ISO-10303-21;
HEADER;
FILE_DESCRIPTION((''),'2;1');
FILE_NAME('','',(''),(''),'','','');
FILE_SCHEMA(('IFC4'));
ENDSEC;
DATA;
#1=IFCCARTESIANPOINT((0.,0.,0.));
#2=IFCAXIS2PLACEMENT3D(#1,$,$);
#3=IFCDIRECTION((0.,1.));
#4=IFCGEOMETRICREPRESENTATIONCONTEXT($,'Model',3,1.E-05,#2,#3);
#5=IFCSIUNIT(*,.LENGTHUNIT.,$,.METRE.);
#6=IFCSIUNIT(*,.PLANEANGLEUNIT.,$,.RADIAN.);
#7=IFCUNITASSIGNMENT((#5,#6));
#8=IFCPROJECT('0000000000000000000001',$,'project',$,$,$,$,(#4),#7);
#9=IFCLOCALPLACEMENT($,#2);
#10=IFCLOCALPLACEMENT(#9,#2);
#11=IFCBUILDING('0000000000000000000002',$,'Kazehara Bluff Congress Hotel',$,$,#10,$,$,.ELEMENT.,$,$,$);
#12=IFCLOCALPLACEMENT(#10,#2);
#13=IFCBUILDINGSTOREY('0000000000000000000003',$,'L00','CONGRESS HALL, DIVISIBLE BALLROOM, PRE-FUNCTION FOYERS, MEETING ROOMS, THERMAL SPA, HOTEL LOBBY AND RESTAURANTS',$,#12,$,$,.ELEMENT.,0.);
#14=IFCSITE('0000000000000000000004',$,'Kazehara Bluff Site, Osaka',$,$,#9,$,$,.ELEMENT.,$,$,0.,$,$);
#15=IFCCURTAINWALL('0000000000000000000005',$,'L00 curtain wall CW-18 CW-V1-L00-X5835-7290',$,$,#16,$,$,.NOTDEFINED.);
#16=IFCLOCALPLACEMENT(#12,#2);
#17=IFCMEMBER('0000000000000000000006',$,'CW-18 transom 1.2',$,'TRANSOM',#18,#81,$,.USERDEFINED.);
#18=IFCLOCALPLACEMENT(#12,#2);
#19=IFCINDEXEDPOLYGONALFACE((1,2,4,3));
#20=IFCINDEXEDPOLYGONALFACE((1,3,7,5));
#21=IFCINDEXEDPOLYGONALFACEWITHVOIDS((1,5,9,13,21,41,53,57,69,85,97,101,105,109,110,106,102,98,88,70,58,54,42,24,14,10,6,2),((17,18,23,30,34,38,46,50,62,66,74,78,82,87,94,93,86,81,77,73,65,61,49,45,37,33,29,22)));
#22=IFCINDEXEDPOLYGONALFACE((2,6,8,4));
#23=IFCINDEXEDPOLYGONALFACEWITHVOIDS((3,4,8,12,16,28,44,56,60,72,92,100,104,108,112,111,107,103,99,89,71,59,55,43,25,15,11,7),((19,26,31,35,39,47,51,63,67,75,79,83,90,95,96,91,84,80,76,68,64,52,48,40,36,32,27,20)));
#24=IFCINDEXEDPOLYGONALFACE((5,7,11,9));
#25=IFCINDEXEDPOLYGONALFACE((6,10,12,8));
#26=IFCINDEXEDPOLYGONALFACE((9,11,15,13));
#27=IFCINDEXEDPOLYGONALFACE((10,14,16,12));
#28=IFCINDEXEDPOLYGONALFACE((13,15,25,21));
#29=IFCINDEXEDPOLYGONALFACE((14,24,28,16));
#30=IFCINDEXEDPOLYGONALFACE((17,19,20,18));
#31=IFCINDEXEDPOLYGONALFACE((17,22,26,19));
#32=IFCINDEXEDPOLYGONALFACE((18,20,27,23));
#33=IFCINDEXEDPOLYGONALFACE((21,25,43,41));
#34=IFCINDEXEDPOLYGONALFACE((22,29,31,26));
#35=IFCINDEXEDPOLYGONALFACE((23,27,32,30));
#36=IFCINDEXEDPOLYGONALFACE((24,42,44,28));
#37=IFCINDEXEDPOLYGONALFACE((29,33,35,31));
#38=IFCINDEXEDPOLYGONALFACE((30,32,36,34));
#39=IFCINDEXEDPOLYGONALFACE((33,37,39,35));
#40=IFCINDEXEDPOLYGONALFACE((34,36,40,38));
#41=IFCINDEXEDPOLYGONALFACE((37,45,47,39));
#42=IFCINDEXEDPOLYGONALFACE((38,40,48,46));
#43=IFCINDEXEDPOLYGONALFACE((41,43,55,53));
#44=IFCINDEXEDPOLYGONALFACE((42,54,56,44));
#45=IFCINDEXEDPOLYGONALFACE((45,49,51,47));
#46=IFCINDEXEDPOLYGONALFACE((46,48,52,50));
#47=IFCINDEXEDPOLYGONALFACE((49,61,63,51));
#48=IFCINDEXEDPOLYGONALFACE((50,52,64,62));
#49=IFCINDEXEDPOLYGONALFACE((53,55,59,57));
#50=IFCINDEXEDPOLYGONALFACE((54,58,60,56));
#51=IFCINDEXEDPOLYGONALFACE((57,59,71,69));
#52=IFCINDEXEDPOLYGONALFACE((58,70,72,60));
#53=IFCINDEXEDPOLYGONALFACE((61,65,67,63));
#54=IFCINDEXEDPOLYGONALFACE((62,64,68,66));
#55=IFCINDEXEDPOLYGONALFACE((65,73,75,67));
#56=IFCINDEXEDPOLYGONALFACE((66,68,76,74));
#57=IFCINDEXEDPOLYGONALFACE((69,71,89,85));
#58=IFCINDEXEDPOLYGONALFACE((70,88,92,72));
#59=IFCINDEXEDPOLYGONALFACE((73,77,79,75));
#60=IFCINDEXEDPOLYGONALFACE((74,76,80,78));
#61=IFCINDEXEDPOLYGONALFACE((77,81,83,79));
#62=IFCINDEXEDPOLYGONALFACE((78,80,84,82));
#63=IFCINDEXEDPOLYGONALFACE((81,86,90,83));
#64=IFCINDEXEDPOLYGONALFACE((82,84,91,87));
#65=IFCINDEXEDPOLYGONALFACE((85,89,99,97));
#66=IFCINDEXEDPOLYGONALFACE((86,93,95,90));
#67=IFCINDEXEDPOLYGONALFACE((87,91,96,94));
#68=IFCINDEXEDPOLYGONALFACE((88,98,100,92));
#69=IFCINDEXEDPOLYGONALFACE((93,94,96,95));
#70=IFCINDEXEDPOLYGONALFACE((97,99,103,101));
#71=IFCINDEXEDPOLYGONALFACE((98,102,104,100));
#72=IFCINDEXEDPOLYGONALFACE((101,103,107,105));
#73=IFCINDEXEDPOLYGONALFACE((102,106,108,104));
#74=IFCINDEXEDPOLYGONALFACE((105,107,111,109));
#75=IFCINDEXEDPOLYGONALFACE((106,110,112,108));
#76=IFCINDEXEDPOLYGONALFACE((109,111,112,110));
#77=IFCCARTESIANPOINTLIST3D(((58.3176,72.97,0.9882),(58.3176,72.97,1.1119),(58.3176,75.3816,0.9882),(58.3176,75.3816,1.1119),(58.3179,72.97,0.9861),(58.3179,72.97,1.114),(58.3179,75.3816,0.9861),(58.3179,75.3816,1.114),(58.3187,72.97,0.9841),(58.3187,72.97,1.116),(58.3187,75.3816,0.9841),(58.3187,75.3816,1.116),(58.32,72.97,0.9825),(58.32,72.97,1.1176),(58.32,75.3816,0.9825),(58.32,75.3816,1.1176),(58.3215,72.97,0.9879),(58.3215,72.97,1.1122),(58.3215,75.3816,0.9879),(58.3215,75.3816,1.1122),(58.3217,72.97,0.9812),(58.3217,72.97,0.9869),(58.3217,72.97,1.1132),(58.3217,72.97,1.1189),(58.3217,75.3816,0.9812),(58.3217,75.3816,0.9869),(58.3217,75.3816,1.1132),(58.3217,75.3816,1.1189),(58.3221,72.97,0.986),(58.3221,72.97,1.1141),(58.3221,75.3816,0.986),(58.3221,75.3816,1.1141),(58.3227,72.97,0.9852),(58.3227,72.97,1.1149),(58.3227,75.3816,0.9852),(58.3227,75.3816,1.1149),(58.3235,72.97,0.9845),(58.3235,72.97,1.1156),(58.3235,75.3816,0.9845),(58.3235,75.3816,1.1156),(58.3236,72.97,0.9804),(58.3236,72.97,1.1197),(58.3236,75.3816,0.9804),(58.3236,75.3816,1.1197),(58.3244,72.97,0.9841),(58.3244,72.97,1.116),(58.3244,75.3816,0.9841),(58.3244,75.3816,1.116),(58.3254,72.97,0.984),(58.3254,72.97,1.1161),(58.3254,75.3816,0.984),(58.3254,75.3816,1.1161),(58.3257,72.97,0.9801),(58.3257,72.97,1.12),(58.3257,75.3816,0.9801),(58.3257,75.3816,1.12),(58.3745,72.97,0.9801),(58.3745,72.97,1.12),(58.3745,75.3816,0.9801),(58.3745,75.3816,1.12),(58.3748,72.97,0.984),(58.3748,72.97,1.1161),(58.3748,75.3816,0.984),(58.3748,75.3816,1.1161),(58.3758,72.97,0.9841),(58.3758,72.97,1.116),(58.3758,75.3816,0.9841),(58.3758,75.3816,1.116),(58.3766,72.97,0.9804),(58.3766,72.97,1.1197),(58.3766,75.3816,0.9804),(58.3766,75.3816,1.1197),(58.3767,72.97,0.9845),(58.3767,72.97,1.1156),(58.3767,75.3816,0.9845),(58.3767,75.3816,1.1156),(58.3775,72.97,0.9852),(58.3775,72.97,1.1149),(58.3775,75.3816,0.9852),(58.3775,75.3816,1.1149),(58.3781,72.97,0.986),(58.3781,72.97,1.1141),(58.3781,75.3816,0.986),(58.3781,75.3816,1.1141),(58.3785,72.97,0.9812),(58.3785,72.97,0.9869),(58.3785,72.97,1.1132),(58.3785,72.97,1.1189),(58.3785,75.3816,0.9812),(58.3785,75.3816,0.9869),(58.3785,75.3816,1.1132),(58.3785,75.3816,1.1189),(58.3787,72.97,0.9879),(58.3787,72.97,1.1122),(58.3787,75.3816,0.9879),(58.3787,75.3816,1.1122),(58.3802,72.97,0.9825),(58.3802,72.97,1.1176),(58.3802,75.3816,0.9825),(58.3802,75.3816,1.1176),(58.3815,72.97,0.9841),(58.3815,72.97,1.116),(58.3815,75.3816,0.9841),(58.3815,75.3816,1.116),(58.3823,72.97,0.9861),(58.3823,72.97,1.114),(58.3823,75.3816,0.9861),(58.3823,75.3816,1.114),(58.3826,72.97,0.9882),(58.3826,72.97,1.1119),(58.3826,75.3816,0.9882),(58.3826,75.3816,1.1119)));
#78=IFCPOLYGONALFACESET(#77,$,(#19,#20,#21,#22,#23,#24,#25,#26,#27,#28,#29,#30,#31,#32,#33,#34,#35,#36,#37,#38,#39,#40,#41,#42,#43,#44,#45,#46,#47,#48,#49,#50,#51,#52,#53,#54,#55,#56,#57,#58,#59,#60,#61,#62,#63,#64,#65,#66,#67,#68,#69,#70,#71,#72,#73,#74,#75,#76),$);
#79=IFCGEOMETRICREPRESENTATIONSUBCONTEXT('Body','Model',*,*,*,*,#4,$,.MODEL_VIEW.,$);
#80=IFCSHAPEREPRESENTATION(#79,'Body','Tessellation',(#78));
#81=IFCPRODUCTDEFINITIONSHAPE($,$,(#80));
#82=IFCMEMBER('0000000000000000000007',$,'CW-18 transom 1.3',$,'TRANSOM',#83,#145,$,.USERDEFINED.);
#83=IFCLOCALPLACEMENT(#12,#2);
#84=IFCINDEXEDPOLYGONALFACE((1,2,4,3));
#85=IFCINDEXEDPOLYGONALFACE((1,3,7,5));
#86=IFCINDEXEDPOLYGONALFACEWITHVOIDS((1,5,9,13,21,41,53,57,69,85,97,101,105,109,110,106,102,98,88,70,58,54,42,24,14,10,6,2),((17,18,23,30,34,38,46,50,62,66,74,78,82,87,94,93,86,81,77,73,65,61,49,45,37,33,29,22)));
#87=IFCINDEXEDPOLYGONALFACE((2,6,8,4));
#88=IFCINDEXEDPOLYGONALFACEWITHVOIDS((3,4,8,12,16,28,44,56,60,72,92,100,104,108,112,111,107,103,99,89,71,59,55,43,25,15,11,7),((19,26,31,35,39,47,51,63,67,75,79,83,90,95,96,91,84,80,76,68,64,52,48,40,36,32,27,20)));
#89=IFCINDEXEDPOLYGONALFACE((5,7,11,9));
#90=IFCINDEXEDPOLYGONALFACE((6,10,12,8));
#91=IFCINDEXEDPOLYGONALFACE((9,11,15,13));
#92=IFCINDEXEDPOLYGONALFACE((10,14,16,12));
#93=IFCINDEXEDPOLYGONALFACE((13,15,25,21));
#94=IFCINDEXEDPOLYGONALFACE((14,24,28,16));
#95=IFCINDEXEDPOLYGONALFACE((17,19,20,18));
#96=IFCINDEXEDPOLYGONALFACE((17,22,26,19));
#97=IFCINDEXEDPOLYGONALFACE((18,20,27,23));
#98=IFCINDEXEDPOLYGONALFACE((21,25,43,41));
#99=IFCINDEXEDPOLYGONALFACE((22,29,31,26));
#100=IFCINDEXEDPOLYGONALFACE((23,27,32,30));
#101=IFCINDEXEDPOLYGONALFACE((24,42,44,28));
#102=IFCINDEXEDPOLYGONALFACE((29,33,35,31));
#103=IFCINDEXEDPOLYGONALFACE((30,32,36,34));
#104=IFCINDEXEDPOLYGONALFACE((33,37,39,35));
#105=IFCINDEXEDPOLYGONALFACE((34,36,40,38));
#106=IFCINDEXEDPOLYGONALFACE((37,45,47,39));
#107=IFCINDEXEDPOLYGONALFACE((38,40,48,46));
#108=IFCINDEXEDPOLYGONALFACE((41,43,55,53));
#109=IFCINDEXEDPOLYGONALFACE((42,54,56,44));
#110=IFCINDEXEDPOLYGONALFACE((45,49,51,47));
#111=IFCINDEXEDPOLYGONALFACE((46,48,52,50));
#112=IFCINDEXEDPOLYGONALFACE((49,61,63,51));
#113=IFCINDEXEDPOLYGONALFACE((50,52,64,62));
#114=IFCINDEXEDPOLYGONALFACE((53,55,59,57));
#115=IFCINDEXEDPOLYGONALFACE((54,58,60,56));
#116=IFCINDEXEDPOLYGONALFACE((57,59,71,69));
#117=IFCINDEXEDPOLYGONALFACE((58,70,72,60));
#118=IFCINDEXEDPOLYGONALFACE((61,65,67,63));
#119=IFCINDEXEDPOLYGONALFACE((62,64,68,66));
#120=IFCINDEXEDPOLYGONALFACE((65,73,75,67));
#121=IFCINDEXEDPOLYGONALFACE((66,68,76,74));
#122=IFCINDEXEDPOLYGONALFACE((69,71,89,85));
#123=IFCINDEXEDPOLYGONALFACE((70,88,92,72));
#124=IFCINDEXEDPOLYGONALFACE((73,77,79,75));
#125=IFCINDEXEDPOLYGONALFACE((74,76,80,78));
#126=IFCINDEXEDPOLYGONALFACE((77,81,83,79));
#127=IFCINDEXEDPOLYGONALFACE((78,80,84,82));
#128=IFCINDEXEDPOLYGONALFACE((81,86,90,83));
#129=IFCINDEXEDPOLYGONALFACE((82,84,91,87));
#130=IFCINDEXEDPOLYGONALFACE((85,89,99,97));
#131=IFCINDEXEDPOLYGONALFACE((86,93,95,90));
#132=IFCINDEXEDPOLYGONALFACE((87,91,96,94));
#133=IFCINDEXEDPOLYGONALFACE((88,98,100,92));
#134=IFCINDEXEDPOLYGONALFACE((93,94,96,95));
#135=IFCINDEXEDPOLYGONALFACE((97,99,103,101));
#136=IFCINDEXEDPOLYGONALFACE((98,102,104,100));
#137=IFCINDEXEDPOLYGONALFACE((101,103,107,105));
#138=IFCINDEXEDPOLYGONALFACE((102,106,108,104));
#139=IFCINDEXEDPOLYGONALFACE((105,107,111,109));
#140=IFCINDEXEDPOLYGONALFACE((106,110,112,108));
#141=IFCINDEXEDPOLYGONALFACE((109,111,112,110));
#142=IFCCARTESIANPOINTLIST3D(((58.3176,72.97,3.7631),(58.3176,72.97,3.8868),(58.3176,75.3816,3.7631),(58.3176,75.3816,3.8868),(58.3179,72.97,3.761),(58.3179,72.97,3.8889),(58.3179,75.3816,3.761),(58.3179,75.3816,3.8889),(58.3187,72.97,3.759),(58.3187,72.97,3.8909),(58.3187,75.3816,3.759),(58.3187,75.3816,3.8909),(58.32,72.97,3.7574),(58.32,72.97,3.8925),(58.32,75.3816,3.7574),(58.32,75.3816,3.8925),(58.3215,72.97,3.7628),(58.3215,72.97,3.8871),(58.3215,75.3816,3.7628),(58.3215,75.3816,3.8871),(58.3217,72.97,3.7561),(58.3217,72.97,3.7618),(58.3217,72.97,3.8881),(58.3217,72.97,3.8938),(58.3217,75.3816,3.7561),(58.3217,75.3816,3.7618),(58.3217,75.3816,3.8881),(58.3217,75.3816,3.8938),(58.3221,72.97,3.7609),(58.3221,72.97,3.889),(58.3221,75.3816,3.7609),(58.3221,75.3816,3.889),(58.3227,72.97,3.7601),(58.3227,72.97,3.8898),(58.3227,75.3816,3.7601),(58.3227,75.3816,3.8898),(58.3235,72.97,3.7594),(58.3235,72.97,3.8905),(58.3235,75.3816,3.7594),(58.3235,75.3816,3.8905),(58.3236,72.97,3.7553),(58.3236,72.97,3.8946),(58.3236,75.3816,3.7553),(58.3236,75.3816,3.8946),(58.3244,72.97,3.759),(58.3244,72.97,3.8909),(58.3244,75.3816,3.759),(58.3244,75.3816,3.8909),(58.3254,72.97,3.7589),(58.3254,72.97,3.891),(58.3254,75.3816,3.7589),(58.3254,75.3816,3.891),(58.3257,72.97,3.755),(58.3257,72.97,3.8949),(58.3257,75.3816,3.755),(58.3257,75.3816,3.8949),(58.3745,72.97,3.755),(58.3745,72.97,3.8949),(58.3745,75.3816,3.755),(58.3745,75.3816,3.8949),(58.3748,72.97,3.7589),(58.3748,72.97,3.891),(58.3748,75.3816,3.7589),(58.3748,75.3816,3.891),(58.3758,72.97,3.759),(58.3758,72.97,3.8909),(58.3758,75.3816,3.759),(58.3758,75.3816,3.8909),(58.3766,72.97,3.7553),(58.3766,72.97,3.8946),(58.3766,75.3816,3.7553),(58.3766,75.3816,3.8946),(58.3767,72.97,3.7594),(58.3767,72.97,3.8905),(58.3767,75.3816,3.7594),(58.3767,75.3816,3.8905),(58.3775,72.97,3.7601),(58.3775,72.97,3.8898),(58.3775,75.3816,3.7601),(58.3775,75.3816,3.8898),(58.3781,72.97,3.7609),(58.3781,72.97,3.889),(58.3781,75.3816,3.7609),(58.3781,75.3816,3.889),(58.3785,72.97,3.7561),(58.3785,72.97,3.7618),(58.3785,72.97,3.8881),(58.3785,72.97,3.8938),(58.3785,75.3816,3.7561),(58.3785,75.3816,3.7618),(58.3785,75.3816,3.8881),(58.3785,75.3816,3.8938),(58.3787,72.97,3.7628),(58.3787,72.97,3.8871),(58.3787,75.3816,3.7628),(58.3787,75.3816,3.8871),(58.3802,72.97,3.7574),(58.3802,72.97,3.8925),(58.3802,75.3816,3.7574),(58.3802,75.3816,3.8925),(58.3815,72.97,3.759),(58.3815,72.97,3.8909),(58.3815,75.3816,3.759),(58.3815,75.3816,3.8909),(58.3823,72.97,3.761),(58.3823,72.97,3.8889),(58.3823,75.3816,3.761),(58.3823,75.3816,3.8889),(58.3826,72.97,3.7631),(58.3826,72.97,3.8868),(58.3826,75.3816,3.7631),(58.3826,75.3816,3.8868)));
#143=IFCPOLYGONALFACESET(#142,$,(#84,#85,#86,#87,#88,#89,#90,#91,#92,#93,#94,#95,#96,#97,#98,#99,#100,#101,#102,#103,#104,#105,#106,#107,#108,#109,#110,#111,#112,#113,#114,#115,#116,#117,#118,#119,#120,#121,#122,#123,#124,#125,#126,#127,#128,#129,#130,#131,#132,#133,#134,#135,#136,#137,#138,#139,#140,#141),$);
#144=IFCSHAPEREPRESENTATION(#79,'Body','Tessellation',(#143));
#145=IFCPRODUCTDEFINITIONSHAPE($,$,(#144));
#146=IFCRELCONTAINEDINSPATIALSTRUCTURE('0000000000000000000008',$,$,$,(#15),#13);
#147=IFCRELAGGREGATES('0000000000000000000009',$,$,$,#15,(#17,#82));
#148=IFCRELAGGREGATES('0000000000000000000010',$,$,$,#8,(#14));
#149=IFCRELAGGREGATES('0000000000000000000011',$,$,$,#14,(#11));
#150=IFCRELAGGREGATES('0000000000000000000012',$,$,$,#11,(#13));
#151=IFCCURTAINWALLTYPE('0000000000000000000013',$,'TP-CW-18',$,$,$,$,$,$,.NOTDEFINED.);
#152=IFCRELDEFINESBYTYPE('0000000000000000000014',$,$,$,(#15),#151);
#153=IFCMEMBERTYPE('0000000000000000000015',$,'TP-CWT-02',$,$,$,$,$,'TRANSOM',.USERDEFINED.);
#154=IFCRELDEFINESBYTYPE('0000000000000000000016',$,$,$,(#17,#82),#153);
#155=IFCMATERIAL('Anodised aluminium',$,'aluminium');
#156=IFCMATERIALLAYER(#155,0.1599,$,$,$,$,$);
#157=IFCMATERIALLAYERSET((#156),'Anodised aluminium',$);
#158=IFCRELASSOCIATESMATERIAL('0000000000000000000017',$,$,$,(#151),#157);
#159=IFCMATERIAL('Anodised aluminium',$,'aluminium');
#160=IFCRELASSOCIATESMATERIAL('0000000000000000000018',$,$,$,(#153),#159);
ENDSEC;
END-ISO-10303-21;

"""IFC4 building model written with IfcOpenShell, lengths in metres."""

from ifc_helpers import new_model, si_unit, direction, frame, origin, origin_2d, place, context, subcontext, project, spatial, hollow_rectangle, extrude, material, layer, layer_set, material_profile, profile_set, type_object, element, aggregate, save


model = new_model("IFC4")

# Units and contexts
model_context = context("Model", 3, precision=1e-05, world=origin(), true_north=direction((0.0, 1.0)))
body_context = subcontext(model_context, "Body", "Model", "MODEL_VIEW")
ifc_project = project(units=[si_unit("LENGTHUNIT", "METRE"), si_unit("PLANEANGLEUNIT", "RADIAN")], contexts=[model_context])

# Site, building, storey
site_placement = place(None, origin())
site = spatial("IfcSite", under=ifc_project, at=site_placement, Name="Kazehara Bluff Site, Osaka", CompositionType="ELEMENT", RefElevation=0.0)
building_placement = place(site_placement, origin())
building = spatial("IfcBuilding", under=site, at=building_placement, Name="Kazehara Bluff Congress Hotel", CompositionType="ELEMENT")
storey_placement = place(building_placement, origin())
storey = spatial("IfcBuildingStorey", under=building, at=storey_placement, Name="L00", Description="CONGRESS HALL, DIVISIBLE BALLROOM, PRE-FUNCTION FOYERS, MEETING ROOMS, THERMAL SPA, HOTEL LOBBY AND RESTAURANTS", CompositionType="ELEMENT", Elevation=0.0)

# Curtain wall
ifc_material_1 = material(Name="Anodised aluminium", Category="aluminium")
ifc_layer_1 = layer(ifc_material_1, 0.1599)
ifc_layer_set_1 = layer_set([ifc_layer_1], Name="Anodised aluminium")
curtain_wall_type_1 = type_object("IfcCurtainWallType", Name="TP-CW-18", PredefinedType="NOTDEFINED", material=ifc_layer_set_1)
curtain_wall_1_placement = place(storey_placement, origin())
curtain_wall_1 = element("IfcCurtainWall", 1, at=curtain_wall_1_placement, inside=storey, type_object=curtain_wall_type_1, Name="L00 curtain wall CW-18 CW-V1-L00-X5835-7290", PredefinedType="NOTDEFINED")

# Members
ifc_material_2 = material(Name="Anodised aluminium", Category="aluminium")
ifc_material_profile_1 = material_profile(ifc_material_2, hollow_rectangle(XDim=0.0649, YDim=0.1399, WallThickness=0.0039, InnerFilletRadius=0.0039, OuterFilletRadius=0.0081, at=origin_2d()))
ifc_profile_set_1 = profile_set([ifc_material_profile_1], Name="Anodised aluminium")
member_type_1 = type_object("IfcMemberType", Name="TP-CWT-02", ElementType="TRANSOM", PredefinedType="USERDEFINED", material=ifc_profile_set_1)
member_1_placement = place(storey_placement, frame((58.3501, 72.97, 1.05), z_axis=(0.0, 1.0, 0.0), x_axis=(-1.0, 0.0, 0.0)))
member_1 = element("IfcMember", 2, at=member_1_placement, type_object=member_type_1, Name="CW-18 transom 1.2", ObjectType="TRANSOM", PredefinedType="USERDEFINED", context=body_context, shape_type="SweptSolid", body=[
    extrude(hollow_rectangle(XDim=0.0649, YDim=0.1399, WallThickness=0.0039, InnerFilletRadius=0.0039, OuterFilletRadius=0.0081, at=origin_2d()), origin(), (0.0, 0.0, 1.0), 2.4116),
])
member_2_placement = place(storey_placement, frame((58.3501, 72.97, 3.825), z_axis=(0.0, 1.0, 0.0), x_axis=(-1.0, 0.0, 0.0)))
member_2 = element("IfcMember", 3, at=member_2_placement, type_object=member_type_1, Name="CW-18 transom 1.3", ObjectType="TRANSOM", PredefinedType="USERDEFINED", context=body_context, shape_type="SweptSolid", body=[
    extrude(hollow_rectangle(XDim=0.0649, YDim=0.1399, WallThickness=0.0039, InnerFilletRadius=0.0039, OuterFilletRadius=0.0081, at=origin_2d()), origin(), (0.0, 0.0, 1.0), 2.4116),
])

aggregate(curtain_wall_1, [member_1, member_2])

save(model, "model.ifc")
